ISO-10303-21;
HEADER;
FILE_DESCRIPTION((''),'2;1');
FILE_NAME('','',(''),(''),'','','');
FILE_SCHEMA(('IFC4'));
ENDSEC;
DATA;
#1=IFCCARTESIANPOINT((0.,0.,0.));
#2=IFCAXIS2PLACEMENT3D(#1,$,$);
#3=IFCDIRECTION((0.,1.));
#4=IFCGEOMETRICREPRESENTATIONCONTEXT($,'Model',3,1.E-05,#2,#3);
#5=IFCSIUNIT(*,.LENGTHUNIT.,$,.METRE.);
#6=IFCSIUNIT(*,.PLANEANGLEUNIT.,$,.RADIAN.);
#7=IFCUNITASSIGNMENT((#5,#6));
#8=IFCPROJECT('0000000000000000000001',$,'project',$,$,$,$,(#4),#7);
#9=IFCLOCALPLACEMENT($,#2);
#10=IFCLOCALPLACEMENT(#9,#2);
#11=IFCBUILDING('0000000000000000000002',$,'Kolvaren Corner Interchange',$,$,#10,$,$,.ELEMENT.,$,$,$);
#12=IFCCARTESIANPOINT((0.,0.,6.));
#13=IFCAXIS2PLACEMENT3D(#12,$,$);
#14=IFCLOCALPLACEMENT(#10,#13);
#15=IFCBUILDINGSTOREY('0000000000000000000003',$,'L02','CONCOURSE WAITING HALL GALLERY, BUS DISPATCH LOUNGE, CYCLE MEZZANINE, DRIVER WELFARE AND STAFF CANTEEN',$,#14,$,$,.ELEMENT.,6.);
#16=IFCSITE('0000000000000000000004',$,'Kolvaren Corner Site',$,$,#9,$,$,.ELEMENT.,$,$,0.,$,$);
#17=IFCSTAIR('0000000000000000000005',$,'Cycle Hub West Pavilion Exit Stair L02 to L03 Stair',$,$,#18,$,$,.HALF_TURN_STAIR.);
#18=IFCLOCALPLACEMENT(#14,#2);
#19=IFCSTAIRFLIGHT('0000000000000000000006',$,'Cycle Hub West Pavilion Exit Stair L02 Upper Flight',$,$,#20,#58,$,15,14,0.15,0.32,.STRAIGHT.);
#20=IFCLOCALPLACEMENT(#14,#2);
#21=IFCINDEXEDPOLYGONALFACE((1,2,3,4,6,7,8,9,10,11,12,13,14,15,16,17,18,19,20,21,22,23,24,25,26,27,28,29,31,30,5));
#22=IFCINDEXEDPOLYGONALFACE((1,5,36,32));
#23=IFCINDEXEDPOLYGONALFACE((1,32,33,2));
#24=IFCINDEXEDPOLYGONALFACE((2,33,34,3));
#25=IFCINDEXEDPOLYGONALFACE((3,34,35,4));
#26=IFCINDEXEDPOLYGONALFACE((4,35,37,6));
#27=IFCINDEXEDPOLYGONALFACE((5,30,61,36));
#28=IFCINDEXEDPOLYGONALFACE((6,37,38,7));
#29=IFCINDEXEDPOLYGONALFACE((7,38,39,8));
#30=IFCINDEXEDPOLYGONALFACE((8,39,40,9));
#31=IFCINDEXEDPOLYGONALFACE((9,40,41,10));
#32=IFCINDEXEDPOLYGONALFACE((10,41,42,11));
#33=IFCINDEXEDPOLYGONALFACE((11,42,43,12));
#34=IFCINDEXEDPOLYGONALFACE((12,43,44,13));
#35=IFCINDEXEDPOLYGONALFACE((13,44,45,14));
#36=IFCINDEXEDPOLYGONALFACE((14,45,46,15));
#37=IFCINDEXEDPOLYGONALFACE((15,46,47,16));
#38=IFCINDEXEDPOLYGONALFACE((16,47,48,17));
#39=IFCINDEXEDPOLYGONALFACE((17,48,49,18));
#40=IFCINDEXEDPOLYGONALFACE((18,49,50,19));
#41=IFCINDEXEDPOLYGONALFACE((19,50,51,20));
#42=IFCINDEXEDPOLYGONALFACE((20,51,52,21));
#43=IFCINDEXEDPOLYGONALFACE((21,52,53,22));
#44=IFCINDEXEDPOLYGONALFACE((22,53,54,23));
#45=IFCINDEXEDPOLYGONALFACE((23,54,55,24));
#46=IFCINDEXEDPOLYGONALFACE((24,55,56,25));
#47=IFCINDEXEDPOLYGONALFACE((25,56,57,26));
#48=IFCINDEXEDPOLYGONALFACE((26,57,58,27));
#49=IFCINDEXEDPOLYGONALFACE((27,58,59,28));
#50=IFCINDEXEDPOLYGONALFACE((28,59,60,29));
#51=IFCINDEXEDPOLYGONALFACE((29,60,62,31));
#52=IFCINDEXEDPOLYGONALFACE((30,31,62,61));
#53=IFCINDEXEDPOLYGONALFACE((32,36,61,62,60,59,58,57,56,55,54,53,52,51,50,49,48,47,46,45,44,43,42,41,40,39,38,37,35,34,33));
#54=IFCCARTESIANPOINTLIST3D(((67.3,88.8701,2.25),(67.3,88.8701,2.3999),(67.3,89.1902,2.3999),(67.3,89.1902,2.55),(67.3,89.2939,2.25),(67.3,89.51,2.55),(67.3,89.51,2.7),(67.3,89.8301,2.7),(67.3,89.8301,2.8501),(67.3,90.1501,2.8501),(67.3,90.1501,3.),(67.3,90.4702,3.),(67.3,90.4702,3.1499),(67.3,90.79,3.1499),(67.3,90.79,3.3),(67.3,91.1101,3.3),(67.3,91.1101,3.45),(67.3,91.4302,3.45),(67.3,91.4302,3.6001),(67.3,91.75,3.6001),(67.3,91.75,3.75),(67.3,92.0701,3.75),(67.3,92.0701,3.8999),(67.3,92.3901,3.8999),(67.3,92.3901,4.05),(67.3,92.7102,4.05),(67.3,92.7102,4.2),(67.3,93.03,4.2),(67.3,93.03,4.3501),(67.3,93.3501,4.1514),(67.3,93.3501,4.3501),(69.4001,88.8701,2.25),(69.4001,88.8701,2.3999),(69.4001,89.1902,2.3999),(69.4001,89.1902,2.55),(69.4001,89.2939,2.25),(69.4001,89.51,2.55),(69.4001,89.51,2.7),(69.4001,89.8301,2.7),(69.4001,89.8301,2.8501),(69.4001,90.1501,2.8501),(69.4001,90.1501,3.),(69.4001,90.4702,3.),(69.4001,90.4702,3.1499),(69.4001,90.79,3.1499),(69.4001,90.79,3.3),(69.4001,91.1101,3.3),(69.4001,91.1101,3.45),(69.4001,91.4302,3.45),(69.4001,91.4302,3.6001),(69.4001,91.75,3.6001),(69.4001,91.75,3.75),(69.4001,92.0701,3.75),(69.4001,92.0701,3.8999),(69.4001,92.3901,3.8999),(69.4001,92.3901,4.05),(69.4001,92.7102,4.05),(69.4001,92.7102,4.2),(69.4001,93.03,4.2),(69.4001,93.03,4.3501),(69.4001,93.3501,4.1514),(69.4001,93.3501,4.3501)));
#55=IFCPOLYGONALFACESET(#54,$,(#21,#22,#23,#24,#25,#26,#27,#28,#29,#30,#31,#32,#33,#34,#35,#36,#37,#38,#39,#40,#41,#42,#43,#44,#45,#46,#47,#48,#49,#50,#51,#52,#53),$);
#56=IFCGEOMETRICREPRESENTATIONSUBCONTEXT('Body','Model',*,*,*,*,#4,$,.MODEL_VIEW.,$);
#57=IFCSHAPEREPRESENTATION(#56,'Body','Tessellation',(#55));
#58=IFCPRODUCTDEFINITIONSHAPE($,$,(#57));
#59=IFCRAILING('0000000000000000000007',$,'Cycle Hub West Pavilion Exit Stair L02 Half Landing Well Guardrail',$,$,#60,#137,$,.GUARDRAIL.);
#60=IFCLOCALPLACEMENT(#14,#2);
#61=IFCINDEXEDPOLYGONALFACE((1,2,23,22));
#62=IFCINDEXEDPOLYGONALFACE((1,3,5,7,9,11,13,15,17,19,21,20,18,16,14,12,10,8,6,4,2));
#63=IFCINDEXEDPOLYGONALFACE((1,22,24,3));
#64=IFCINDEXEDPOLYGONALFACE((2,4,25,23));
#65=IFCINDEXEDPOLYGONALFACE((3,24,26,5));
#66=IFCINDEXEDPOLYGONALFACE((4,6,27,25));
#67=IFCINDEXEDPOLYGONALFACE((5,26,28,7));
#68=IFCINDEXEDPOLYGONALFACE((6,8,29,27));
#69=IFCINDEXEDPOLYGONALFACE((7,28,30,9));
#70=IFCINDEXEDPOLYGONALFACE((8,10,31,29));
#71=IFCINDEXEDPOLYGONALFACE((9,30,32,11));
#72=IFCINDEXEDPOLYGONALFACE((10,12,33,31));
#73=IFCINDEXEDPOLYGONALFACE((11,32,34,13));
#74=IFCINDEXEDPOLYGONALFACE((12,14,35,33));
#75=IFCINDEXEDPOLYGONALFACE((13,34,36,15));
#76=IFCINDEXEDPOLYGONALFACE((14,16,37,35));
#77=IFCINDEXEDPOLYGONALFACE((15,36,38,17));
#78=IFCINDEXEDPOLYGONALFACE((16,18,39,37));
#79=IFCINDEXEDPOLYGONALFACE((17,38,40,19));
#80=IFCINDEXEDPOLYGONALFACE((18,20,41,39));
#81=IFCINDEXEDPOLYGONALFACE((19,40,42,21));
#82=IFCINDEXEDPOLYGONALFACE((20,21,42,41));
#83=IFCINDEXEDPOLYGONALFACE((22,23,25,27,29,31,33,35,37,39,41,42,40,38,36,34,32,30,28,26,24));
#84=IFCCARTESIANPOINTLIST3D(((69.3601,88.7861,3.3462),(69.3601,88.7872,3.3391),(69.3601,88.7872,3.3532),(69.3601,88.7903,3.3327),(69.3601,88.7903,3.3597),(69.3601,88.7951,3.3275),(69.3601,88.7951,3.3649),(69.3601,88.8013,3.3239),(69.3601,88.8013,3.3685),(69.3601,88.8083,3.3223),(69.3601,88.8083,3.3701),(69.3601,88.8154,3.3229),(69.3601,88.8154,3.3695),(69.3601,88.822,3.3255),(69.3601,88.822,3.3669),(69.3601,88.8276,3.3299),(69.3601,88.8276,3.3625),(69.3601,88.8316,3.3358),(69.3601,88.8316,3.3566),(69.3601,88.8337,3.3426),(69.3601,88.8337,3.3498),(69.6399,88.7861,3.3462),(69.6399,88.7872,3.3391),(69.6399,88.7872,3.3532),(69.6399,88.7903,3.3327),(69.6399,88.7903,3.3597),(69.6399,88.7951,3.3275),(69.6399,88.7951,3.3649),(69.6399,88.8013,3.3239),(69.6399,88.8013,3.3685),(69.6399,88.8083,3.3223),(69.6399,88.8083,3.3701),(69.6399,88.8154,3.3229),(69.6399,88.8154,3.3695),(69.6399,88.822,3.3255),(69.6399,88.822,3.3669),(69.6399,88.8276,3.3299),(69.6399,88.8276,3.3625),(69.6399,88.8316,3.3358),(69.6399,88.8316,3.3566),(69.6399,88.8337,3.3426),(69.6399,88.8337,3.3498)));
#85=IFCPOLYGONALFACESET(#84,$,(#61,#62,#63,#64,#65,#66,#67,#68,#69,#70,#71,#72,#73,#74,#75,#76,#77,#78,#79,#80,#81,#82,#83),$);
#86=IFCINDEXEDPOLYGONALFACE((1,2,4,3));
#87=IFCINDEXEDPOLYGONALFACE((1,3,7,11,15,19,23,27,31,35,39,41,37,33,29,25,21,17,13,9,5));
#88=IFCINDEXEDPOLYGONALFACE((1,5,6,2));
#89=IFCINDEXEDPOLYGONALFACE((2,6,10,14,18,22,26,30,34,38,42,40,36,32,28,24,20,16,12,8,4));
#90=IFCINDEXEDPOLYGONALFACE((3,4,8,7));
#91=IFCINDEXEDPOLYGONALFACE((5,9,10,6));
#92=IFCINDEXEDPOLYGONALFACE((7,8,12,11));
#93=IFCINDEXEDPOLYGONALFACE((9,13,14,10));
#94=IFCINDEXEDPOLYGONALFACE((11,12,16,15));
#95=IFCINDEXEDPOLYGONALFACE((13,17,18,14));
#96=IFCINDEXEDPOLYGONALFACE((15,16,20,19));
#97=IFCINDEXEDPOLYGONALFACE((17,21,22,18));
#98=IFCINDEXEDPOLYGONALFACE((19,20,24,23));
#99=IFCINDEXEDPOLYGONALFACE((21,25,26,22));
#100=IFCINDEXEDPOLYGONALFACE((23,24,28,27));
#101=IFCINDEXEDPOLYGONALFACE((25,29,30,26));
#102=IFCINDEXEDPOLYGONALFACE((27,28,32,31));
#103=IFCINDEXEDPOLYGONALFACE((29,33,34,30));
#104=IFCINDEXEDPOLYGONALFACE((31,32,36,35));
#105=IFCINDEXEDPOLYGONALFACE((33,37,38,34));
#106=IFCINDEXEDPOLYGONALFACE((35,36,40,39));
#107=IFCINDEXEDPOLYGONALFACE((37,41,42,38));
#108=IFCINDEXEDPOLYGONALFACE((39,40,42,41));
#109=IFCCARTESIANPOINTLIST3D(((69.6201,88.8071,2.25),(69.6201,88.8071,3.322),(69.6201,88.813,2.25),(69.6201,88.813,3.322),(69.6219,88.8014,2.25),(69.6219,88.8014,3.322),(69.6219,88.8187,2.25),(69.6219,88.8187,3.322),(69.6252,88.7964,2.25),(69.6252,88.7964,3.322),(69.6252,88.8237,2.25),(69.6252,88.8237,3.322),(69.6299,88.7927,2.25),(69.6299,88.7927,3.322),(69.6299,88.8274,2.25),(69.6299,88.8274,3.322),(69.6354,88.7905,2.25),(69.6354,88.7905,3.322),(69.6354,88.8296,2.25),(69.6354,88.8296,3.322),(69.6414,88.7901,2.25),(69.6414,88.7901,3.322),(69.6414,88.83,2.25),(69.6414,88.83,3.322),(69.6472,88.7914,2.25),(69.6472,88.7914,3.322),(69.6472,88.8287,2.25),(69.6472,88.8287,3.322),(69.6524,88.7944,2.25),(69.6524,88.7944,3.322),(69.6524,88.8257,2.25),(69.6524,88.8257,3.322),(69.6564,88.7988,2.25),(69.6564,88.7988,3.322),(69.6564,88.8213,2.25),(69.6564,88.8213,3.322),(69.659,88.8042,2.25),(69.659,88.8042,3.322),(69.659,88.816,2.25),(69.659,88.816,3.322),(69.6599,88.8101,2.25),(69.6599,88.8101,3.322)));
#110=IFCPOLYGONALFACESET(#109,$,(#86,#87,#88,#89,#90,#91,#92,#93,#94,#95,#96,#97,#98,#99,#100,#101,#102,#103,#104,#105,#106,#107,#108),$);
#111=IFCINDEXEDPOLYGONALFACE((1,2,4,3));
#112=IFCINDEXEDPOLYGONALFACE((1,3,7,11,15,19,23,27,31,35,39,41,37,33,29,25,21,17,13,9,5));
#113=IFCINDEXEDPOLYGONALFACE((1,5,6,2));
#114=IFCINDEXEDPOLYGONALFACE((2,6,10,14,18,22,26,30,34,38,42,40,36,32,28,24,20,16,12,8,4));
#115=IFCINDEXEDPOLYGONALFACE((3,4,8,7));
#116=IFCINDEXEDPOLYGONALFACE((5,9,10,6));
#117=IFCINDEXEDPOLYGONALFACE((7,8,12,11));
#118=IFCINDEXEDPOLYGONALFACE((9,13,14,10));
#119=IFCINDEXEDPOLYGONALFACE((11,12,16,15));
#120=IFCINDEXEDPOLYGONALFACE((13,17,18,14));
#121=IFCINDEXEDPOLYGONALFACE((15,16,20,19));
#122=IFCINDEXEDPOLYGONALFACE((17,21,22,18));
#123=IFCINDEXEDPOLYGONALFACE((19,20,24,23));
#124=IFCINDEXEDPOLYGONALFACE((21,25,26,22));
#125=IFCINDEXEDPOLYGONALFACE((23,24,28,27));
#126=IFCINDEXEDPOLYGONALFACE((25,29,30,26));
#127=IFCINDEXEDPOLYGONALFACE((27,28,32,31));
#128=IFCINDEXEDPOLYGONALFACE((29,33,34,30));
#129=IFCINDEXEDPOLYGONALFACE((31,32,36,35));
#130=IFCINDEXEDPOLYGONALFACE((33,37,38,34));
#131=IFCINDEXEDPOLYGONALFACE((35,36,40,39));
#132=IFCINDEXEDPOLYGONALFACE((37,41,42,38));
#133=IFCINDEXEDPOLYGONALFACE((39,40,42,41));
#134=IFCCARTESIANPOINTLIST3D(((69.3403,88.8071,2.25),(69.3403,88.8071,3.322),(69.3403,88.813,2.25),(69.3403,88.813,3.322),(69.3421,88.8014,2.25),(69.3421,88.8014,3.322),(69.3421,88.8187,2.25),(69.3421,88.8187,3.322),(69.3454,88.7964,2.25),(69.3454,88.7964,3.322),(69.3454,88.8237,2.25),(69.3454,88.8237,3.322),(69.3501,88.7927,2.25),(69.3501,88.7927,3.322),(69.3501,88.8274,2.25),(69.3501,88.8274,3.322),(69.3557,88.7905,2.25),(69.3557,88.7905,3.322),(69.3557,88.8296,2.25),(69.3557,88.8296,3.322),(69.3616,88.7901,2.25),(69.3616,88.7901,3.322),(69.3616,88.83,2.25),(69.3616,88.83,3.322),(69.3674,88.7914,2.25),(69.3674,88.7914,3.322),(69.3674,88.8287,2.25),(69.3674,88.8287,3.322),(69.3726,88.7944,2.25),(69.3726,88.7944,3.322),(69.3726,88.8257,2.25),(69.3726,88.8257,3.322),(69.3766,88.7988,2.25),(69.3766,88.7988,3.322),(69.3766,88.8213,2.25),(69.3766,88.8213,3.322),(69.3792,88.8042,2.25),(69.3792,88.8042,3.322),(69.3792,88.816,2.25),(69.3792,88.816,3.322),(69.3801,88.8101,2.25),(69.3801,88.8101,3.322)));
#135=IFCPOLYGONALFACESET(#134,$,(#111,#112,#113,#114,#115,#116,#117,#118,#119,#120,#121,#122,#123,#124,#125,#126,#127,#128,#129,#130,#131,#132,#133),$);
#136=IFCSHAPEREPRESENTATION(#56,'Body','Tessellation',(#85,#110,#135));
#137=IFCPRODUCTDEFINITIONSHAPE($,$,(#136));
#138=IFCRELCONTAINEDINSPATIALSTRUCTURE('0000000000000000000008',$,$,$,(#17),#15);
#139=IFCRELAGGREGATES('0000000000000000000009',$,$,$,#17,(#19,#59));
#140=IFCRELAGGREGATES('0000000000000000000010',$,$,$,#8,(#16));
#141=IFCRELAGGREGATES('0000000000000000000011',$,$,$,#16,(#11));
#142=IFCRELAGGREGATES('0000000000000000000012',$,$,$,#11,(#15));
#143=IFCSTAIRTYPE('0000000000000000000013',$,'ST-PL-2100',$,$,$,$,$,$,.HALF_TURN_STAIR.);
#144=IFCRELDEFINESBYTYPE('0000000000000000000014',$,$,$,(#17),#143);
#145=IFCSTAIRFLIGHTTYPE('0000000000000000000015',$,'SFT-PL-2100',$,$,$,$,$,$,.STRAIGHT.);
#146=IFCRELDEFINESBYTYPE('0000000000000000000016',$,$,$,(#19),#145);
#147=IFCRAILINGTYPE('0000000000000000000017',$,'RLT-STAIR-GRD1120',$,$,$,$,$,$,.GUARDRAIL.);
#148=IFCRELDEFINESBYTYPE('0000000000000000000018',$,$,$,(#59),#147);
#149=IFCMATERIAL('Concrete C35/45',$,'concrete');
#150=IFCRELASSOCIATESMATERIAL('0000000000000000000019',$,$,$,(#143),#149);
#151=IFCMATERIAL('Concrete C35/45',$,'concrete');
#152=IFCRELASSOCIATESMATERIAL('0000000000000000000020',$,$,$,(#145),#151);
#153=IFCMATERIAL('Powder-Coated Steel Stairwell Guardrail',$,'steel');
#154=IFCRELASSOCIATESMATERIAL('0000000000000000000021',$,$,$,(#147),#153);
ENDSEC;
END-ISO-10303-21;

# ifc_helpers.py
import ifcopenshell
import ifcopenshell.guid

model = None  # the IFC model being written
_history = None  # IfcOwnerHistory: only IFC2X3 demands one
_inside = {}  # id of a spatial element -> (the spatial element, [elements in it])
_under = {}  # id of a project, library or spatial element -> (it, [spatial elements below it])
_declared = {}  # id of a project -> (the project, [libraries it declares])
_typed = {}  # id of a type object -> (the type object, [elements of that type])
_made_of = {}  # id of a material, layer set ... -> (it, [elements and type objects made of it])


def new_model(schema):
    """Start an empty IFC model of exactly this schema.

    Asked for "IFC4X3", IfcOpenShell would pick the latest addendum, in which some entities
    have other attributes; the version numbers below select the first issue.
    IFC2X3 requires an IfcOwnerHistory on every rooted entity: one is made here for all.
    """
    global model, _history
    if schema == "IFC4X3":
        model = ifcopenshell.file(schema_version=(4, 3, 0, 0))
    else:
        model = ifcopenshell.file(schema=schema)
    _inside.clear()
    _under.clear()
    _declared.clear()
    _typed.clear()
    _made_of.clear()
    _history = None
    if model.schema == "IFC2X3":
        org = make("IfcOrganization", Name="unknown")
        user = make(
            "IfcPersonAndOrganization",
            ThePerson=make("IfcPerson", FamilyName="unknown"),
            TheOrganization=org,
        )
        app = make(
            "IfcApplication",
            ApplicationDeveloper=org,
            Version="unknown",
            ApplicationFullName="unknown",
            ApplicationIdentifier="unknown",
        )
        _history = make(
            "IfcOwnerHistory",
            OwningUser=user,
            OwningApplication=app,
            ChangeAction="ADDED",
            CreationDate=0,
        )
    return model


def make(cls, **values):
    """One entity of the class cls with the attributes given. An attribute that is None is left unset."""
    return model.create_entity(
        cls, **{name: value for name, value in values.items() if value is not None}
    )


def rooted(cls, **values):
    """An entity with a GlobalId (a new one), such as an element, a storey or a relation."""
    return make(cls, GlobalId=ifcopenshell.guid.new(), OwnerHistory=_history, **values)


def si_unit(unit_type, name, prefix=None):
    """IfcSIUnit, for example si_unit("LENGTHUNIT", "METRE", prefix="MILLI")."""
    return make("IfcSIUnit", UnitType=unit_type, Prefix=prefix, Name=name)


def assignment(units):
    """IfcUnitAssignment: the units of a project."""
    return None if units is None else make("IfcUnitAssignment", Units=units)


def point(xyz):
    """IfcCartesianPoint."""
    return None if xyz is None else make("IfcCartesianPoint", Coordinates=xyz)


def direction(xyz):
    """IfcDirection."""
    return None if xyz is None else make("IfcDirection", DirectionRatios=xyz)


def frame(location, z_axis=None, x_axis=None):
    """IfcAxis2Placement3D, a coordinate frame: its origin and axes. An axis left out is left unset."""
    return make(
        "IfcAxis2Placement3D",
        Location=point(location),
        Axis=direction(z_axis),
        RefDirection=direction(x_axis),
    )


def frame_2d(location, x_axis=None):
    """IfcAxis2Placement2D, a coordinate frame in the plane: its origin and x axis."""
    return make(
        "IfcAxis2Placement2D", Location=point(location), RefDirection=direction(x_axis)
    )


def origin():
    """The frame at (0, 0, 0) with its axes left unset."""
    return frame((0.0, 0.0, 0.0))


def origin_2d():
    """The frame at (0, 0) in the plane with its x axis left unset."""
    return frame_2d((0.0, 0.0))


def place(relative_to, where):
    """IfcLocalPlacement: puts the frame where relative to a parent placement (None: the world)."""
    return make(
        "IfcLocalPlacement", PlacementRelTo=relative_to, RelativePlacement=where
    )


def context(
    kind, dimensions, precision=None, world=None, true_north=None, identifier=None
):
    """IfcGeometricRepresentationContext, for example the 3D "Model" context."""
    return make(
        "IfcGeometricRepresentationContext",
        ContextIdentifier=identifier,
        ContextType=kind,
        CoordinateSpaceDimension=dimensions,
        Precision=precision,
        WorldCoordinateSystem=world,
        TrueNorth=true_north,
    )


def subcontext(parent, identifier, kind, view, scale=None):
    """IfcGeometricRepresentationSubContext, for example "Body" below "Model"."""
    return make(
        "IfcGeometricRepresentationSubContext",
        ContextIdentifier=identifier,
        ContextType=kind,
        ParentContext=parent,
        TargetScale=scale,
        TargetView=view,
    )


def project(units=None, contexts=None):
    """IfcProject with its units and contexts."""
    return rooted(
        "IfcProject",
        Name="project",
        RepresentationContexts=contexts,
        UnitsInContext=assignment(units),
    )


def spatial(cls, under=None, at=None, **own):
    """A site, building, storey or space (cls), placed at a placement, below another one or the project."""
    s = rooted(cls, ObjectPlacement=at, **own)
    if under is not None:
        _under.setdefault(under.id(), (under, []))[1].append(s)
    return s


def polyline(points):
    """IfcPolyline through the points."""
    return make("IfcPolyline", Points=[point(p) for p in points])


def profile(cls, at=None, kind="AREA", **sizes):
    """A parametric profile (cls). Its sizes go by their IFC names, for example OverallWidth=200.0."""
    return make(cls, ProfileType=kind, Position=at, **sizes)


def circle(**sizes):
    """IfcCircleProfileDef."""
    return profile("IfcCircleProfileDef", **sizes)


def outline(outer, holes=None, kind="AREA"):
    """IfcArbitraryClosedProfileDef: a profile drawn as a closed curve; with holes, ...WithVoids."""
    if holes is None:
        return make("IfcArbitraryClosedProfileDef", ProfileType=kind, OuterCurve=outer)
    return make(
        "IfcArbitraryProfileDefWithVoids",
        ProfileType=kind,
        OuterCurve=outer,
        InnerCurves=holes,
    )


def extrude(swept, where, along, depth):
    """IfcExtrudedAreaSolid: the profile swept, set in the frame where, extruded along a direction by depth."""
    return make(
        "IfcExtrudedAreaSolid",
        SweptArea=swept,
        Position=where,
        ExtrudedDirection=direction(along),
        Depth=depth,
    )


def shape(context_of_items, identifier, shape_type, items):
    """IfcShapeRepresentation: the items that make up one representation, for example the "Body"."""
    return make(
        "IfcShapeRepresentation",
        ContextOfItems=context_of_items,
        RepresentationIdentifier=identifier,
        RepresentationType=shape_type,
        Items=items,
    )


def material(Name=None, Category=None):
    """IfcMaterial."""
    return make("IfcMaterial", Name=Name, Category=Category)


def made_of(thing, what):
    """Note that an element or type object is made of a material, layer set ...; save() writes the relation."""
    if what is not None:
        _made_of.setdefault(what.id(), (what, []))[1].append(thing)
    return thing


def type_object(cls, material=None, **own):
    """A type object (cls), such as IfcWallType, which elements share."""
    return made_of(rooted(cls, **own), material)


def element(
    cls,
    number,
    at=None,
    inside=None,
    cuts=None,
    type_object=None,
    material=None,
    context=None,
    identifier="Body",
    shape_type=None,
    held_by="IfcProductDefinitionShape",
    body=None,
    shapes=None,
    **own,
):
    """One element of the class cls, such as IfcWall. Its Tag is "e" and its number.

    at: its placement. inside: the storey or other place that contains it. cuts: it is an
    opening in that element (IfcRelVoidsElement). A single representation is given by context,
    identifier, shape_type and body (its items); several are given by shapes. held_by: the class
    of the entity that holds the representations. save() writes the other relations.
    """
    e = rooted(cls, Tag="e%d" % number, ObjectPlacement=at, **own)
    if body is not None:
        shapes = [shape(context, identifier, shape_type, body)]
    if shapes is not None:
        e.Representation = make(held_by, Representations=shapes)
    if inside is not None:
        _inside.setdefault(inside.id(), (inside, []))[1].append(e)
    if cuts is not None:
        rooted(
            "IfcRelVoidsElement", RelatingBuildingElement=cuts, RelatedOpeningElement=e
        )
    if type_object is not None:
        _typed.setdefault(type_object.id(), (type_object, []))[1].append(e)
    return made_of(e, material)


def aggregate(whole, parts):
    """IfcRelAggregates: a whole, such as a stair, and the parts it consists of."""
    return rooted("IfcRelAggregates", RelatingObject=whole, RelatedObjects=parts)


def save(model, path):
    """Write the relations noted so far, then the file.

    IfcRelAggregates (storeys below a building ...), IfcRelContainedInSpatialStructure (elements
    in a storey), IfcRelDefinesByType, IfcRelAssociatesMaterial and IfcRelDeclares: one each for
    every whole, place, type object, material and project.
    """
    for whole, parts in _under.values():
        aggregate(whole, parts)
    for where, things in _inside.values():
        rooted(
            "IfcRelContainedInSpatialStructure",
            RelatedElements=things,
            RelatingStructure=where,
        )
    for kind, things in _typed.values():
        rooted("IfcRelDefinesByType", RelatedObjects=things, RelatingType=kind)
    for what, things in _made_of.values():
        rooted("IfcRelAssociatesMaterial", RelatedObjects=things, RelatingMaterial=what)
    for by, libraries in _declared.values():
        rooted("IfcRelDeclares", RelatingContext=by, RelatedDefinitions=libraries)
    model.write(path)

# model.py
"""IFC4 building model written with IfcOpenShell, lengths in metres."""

from ifc_helpers import new_model, si_unit, direction, frame, origin, origin_2d, place, context, subcontext, project, spatial, polyline, circle, outline, extrude, material, type_object, element, aggregate, save


model = new_model("IFC4")

# Units and contexts
model_context = context("Model", 3, precision=1e-05, world=origin(), true_north=direction((0.0, 1.0)))
body_context = subcontext(model_context, "Body", "Model", "MODEL_VIEW")
ifc_project = project(units=[si_unit("LENGTHUNIT", "METRE"), si_unit("PLANEANGLEUNIT", "RADIAN")], contexts=[model_context])

# Site, building, storey
site_placement = place(None, origin())
site = spatial("IfcSite", under=ifc_project, at=site_placement, Name="Kolvaren Corner Site", CompositionType="ELEMENT", RefElevation=0.0)
building_placement = place(site_placement, origin())
building = spatial("IfcBuilding", under=site, at=building_placement, Name="Kolvaren Corner Interchange", CompositionType="ELEMENT")
storey_placement = place(building_placement, frame((0.0, 0.0, 6.0)))
storey = spatial("IfcBuildingStorey", under=building, at=storey_placement, Name="L02", Description="CONCOURSE WAITING HALL GALLERY, BUS DISPATCH LOUNGE, CYCLE MEZZANINE, DRIVER WELFARE AND STAFF CANTEEN", CompositionType="ELEMENT", Elevation=6.0)

# Stair, stair flight, railing
ifc_material_1 = material(Name="Concrete C35/45", Category="concrete")
stair_type = type_object("IfcStairType", Name="ST-PL-2100", PredefinedType="HALF_TURN_STAIR", material=ifc_material_1)
stair_placement = place(storey_placement, origin())
stair = element("IfcStair", 1, at=stair_placement, inside=storey, type_object=stair_type, Name="Cycle Hub West Pavilion Exit Stair L02 to L03 Stair", PredefinedType="HALF_TURN_STAIR")
ifc_material_2 = material(Name="Concrete C35/45", Category="concrete")
stair_flight_type = type_object("IfcStairFlightType", Name="SFT-PL-2100", PredefinedType="STRAIGHT", material=ifc_material_2)
stair_flight_placement = place(storey_placement, frame((68.3501, 88.8701, 2.25), z_axis=(0.0, 0.0, 1.0), x_axis=(0.0, 1.0, 0.0)))
stair_flight = element("IfcStairFlight", 2, at=stair_flight_placement, type_object=stair_flight_type, Name="Cycle Hub West Pavilion Exit Stair L02 Upper Flight", NumberOfRisers=15, NumberOfTreads=14, PredefinedType="STRAIGHT", RiserHeight=0.15, TreadLength=0.32, context=body_context, shape_type="SweptSolid", body=[
    extrude(outline(polyline([(0.0, 0.0), (0.0, 0.1499), (0.3201, 0.1499), (0.3201, 0.3), (0.6399, 0.3), (0.6399, 0.45), (0.96, 0.45), (0.96, 0.6001), (1.28, 0.6001), (1.28, 0.75), (1.6001, 0.75), (1.6001, 0.8999), (1.9199, 0.8999), (1.9199, 1.05), (2.24, 1.05), (2.24, 1.2), (2.5601, 1.2), (2.5601, 1.3501), (2.8799, 1.3501), (2.8799, 1.5), (3.2, 1.5), (3.2, 1.6499), (3.52, 1.6499), (3.52, 1.8), (3.8401, 1.8), (3.8401, 1.95), (4.1599, 1.95), (4.1599, 2.1001), (4.48, 2.1001), (4.48, 2.25), (4.48, 1.9014), (0.4238, 0.0), (0.0, 0.0)])), frame((0.0, 1.05, 0.0), z_axis=(0.0, -1.0, 0.0), x_axis=(1.0, 0.0, 0.0)), (0.0, 0.0, 1.0), 2.1001),
])
ifc_material_3 = material(Name="Powder-Coated Steel Stairwell Guardrail", Category="steel")
railing_type_1 = type_object("IfcRailingType", Name="RLT-STAIR-GRD1120", PredefinedType="GUARDRAIL", material=ifc_material_3)
railing_1_placement = place(storey_placement, frame((69.6399, 88.8101, 2.25)))
railing_1 = element("IfcRailing", 3, at=railing_1_placement, type_object=railing_type_1, Name="Cycle Hub West Pavilion Exit Stair L02 Half Landing Well Guardrail", PredefinedType="GUARDRAIL", context=body_context, shape_type="SweptSolid", body=[
    extrude(circle(Radius=0.0239, at=origin_2d()), frame((0.0, 0.0, 1.0962), z_axis=(-1.0, 0.0, 0.0), x_axis=(0.0, -1.0, 0.0)), (0.0, 0.0, 1.0), 0.2798),
    extrude(circle(Radius=0.02, at=origin_2d()), origin(), (0.0, 0.0, 1.0), 1.072),
    extrude(circle(Radius=0.02, at=origin_2d()), frame((-0.2798, 0.0, 0.0)), (0.0, 0.0, 1.0), 1.072),
])
aggregate(stair, [stair_flight, railing_1])

save(model, "model.ifc")
